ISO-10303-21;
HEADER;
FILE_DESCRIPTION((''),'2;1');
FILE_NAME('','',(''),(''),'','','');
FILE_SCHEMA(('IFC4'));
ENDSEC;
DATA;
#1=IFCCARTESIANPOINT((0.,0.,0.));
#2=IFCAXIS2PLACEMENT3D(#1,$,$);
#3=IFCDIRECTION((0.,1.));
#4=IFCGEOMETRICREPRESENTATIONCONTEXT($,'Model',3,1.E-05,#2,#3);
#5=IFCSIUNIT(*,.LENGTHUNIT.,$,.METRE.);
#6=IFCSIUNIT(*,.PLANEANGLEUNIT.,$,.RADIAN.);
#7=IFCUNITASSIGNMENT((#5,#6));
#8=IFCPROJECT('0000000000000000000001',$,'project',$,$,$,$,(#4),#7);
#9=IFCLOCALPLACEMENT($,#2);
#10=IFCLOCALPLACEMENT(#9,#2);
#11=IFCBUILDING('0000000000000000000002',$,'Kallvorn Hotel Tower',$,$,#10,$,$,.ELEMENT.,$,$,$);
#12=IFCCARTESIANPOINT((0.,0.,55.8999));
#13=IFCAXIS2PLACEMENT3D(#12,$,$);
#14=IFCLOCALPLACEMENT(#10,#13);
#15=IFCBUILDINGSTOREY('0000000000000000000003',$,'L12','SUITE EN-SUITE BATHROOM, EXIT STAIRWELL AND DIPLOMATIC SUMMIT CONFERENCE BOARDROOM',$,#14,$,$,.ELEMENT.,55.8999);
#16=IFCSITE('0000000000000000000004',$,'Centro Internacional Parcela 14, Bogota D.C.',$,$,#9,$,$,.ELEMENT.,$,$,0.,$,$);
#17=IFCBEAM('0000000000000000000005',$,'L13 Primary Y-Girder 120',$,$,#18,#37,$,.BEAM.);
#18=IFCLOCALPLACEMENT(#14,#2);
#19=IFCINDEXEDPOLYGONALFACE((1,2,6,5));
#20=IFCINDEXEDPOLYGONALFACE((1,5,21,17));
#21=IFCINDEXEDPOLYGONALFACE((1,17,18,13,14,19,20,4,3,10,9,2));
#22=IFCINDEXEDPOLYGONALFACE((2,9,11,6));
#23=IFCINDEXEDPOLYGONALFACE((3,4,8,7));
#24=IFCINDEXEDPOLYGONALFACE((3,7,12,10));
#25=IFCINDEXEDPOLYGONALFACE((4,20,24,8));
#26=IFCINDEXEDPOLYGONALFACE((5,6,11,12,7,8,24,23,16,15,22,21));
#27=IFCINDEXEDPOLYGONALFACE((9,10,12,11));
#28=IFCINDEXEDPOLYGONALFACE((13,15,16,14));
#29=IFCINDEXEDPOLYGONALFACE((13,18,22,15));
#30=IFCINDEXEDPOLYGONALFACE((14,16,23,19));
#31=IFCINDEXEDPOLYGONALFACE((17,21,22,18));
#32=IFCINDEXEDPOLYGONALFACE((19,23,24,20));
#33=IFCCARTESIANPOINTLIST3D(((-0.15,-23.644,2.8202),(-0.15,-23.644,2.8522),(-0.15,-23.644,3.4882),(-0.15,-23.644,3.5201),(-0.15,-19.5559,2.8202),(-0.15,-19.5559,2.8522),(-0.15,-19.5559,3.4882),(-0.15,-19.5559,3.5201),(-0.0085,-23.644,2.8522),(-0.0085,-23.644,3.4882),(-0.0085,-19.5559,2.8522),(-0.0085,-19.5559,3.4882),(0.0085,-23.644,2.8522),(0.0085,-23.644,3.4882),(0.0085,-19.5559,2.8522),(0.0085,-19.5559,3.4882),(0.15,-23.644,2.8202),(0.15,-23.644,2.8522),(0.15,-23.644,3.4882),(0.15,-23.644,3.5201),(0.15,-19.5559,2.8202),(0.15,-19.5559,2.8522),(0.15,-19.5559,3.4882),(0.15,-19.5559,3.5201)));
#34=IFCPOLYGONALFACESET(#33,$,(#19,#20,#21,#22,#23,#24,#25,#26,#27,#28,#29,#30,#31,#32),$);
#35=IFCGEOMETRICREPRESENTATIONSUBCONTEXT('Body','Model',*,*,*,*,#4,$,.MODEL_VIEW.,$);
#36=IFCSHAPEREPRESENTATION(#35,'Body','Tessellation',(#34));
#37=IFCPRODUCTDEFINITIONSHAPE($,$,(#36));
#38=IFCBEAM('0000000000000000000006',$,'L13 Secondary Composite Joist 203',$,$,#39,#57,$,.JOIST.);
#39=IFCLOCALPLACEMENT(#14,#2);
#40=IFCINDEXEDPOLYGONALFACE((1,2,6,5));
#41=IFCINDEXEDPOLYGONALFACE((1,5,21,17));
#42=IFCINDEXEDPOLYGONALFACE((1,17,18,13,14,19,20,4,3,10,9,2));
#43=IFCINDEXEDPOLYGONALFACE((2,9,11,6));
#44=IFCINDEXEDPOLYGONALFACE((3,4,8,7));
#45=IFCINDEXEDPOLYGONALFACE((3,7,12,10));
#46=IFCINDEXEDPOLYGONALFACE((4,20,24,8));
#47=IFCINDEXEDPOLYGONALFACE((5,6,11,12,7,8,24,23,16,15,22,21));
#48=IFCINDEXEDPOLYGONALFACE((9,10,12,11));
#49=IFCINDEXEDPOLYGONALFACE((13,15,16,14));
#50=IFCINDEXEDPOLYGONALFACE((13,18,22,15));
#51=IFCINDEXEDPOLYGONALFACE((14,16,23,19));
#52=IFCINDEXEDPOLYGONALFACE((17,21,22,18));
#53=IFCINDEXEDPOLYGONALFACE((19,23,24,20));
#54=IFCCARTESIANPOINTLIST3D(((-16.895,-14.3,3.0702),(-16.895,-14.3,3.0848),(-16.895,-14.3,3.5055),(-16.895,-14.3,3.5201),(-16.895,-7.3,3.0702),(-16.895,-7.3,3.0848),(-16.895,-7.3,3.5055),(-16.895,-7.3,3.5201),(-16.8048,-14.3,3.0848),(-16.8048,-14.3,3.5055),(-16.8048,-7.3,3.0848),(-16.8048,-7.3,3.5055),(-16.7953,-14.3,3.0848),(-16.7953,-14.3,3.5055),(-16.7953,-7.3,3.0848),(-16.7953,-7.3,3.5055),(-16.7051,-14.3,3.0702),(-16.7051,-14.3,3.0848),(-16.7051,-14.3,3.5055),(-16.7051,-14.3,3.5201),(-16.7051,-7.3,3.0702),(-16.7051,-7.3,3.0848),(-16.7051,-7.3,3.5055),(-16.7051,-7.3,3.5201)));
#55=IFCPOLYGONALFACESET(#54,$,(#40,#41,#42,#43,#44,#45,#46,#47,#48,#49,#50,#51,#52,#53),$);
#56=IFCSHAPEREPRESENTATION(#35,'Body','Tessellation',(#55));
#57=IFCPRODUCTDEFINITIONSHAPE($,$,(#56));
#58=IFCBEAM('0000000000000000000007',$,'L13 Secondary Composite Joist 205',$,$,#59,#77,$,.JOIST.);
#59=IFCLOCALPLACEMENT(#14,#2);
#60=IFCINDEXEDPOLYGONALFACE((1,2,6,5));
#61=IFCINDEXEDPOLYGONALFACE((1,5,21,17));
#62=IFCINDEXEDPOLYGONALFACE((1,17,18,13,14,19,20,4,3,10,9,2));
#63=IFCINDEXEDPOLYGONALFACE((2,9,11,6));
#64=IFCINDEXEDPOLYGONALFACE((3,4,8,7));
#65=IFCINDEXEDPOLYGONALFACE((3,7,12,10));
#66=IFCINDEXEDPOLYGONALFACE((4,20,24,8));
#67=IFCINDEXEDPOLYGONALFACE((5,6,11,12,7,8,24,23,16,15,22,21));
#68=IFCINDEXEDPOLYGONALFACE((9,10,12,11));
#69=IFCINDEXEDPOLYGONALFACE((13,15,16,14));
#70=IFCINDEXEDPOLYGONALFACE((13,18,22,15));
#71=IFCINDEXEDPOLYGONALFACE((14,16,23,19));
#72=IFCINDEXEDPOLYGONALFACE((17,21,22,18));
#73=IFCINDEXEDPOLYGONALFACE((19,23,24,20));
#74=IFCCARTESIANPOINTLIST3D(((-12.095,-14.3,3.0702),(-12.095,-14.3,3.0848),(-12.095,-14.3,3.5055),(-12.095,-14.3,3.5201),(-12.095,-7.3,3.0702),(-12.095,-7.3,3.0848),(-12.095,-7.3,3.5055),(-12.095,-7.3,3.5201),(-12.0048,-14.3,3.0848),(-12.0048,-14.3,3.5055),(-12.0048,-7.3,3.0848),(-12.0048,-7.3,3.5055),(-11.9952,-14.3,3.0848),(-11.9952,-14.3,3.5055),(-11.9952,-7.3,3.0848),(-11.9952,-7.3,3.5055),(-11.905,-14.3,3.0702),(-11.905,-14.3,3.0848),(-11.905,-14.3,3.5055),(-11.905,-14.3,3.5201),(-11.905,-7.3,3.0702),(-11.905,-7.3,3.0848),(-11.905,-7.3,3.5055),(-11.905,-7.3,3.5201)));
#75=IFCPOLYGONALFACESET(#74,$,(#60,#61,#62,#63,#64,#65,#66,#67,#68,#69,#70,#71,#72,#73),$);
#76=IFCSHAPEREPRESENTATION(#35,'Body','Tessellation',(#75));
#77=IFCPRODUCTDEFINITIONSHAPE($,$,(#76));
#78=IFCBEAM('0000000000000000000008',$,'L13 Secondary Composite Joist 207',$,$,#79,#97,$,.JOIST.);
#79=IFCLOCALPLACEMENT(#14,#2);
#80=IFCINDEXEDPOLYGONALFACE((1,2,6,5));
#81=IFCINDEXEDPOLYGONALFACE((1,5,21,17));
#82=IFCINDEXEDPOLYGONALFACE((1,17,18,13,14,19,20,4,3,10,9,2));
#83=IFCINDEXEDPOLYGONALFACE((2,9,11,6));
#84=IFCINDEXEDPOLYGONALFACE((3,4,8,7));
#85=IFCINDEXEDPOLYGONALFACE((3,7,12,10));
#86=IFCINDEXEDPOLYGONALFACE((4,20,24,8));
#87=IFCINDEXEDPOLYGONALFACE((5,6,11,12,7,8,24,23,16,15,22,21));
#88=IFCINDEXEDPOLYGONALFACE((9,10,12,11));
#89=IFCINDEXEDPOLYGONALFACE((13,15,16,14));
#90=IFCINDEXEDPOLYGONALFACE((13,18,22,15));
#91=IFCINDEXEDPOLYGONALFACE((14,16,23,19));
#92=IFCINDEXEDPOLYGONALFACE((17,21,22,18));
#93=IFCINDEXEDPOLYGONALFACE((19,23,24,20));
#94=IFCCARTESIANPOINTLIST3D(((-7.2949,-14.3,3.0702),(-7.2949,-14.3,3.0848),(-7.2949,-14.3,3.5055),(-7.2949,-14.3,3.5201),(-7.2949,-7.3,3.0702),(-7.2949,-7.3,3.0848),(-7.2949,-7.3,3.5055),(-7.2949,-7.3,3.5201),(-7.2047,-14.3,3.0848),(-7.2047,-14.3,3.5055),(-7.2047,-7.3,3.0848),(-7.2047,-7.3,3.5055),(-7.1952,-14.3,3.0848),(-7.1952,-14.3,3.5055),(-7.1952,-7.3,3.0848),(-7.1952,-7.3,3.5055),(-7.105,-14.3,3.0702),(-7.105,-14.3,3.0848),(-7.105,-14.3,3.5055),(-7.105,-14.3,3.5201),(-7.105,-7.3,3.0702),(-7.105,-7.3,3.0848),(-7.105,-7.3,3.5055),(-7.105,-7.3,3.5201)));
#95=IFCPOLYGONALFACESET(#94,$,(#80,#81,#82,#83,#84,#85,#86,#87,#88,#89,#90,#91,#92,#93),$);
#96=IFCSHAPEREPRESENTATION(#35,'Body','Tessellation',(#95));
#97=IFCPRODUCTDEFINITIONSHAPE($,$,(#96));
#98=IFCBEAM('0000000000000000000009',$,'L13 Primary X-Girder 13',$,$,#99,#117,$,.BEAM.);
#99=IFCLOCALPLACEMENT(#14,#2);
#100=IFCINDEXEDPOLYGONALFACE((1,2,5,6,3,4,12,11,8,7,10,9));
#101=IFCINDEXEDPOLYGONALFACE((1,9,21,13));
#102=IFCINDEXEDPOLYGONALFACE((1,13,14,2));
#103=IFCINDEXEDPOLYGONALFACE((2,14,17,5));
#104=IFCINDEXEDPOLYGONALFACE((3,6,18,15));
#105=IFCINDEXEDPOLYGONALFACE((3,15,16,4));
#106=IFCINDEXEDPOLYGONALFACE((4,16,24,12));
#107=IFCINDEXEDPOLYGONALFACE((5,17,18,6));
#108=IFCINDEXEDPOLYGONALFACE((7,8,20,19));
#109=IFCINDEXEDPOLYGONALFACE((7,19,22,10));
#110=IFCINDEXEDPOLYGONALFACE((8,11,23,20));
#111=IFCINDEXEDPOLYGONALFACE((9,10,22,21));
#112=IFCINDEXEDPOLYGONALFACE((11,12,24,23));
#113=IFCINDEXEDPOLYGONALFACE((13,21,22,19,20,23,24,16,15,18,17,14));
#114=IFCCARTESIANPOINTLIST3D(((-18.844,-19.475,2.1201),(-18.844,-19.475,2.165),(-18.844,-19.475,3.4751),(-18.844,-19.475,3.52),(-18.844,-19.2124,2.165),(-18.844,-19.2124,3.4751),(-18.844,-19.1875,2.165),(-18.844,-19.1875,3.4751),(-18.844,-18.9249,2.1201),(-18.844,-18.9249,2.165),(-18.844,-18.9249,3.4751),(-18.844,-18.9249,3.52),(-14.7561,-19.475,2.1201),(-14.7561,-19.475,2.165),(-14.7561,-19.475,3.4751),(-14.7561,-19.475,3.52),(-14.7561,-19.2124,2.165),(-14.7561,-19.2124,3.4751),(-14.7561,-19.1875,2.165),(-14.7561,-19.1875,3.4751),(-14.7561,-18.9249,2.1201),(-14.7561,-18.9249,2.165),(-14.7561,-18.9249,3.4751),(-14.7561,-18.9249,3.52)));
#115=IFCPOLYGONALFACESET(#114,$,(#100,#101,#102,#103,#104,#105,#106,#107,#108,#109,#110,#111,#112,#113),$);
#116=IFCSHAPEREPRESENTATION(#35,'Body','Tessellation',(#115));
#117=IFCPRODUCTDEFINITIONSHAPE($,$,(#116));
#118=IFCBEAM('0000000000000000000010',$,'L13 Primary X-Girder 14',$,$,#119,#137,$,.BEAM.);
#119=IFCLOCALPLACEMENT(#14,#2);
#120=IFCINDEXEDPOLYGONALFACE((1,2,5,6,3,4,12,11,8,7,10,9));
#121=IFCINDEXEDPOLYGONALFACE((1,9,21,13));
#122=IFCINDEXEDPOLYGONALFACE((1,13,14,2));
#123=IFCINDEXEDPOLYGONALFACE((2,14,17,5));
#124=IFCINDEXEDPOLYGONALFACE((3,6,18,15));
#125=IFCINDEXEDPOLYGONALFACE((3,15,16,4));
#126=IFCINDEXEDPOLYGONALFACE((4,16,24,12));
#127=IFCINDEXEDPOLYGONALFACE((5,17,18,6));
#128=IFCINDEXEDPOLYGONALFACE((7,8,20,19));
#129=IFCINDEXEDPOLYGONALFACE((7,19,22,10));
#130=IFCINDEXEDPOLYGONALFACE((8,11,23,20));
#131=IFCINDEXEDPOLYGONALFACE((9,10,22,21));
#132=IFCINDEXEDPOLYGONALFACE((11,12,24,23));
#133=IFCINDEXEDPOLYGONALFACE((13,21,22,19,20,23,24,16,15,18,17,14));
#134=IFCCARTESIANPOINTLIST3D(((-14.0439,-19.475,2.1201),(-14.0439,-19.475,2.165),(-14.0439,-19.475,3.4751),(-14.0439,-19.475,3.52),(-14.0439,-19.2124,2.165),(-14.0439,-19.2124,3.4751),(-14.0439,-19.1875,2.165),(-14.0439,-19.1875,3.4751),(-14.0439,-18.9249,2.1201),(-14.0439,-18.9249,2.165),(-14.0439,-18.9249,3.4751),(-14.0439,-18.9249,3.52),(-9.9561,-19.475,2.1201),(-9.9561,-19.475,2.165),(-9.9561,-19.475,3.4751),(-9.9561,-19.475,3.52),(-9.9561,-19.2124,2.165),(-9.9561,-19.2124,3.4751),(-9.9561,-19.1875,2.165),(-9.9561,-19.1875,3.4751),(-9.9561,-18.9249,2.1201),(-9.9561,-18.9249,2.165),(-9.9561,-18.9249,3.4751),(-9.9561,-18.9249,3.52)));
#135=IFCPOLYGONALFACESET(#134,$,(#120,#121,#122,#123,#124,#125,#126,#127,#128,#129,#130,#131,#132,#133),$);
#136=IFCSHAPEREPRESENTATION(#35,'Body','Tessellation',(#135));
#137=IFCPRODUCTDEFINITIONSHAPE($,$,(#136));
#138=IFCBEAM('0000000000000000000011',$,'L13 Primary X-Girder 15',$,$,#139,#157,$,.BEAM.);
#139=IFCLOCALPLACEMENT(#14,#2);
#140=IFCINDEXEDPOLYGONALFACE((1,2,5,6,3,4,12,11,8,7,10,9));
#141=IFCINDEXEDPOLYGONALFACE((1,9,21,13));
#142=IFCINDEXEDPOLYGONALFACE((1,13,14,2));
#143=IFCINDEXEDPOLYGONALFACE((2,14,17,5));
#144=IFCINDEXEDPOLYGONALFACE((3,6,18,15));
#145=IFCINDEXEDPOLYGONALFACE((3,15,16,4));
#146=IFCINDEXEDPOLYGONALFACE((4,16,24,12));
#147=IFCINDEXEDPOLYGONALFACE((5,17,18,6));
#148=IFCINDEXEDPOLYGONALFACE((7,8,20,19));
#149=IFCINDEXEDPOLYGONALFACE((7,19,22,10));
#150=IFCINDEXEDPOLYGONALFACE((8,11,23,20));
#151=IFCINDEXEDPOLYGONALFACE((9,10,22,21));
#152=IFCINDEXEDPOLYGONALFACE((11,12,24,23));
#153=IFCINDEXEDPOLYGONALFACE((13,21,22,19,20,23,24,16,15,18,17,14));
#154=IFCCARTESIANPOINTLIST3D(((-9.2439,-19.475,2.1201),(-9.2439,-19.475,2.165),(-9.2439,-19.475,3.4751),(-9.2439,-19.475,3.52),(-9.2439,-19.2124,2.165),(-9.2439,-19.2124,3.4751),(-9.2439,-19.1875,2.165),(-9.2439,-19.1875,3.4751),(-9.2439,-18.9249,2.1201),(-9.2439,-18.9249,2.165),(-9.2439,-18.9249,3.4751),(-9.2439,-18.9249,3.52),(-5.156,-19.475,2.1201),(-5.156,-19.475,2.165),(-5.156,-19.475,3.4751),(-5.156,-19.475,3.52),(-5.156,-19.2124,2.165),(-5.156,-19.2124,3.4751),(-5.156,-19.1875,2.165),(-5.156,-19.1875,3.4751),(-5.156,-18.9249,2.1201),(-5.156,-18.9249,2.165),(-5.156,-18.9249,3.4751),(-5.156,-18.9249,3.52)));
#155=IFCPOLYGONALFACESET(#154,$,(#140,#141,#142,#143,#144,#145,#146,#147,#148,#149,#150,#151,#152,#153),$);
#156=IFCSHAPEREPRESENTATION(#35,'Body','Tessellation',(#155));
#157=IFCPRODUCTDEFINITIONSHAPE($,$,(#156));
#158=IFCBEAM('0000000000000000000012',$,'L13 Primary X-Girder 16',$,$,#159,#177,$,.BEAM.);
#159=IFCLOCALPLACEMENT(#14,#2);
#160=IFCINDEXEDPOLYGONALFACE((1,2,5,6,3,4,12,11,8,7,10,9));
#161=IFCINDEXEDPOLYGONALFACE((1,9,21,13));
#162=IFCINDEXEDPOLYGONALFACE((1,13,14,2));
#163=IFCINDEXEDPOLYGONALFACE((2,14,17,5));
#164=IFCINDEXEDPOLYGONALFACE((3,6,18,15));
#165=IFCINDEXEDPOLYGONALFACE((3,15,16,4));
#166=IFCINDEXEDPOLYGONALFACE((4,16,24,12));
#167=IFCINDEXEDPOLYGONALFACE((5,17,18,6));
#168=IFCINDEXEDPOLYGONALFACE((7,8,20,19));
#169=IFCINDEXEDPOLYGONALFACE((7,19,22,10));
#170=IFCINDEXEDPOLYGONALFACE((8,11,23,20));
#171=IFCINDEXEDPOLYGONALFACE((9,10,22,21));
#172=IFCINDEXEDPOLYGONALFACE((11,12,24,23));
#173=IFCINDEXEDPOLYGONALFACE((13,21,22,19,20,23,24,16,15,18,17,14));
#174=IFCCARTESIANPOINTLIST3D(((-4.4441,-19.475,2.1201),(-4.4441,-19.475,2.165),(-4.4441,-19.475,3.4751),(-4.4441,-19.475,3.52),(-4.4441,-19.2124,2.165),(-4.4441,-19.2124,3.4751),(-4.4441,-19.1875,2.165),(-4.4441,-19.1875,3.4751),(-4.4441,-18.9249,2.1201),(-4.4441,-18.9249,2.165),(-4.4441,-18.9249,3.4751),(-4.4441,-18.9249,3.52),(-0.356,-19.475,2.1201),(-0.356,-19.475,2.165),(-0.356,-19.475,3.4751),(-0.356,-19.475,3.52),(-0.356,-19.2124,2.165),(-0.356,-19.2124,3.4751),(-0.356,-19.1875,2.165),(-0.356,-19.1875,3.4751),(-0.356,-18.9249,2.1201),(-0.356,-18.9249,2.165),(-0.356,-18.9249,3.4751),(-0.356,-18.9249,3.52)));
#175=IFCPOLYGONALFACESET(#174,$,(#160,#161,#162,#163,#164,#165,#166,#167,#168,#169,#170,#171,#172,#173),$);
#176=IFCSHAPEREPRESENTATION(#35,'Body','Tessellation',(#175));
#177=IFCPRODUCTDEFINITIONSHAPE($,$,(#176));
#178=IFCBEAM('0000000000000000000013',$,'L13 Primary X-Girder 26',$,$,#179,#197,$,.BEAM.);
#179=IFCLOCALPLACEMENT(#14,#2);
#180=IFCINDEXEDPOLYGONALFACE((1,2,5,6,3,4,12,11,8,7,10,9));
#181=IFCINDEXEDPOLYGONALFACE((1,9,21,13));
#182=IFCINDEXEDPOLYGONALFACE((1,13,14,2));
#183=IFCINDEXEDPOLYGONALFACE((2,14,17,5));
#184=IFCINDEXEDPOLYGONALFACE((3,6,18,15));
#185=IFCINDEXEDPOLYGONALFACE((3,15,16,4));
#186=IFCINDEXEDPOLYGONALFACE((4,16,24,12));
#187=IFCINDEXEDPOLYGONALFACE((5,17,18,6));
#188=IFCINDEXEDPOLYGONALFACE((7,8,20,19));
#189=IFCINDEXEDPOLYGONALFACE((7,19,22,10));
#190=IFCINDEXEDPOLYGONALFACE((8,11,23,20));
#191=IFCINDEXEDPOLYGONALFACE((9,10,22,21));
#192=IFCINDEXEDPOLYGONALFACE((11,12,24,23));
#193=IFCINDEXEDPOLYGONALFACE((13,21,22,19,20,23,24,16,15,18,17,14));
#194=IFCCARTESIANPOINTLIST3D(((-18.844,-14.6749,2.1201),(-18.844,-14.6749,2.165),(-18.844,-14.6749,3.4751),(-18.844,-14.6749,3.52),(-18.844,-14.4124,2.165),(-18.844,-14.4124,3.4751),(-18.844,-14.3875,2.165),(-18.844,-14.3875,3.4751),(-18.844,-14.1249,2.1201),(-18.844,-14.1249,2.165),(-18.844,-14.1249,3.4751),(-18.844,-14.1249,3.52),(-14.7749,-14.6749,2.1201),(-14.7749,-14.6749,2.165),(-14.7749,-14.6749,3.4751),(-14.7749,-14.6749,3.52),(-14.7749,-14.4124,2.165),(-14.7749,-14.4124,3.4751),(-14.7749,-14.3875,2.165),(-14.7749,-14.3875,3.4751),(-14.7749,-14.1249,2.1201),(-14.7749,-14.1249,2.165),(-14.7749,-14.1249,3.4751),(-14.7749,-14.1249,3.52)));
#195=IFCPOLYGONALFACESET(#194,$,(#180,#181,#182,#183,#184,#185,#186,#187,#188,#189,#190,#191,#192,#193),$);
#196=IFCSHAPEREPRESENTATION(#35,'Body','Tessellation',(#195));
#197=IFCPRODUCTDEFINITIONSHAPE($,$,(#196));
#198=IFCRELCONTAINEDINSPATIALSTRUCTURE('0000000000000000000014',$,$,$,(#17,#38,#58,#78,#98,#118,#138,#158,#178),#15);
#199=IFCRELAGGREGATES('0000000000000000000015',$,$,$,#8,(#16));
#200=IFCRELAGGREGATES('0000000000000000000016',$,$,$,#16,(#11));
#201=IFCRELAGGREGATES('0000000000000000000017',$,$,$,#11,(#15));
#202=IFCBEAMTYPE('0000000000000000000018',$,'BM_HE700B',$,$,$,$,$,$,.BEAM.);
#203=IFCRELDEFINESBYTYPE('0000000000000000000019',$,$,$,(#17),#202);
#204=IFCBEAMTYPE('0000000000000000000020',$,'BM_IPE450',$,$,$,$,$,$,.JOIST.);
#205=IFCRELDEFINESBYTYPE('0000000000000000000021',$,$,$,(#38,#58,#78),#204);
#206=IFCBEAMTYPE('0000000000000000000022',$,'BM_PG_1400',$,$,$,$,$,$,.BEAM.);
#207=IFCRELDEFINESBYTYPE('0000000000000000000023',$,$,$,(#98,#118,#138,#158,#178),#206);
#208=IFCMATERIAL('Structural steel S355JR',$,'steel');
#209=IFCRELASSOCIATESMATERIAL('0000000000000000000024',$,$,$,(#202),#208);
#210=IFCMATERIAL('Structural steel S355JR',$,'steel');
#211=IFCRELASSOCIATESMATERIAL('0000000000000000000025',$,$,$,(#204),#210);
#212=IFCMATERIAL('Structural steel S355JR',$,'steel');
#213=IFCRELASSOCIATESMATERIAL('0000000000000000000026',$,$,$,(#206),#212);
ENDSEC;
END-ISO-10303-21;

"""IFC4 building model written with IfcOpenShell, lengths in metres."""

from ifc_helpers import new_model, si_unit, direction, frame, origin, origin_2d, place, context, subcontext, project, spatial, i_section, extrude, material, material_profile, profile_set, type_object, element, save


model = new_model("IFC4")

# Units and contexts
model_context = context("Model", 3, precision=1e-05, world=origin(), true_north=direction((0.0, 1.0)))
body_context = subcontext(model_context, "Body", "Model", "MODEL_VIEW")
ifc_project = project(units=[si_unit("LENGTHUNIT", "METRE"), si_unit("PLANEANGLEUNIT", "RADIAN")], contexts=[model_context])

# Site, building, storey
site_placement = place(None, origin())
site = spatial("IfcSite", under=ifc_project, at=site_placement, Name="Centro Internacional Parcela 14, Bogota D.C.", CompositionType="ELEMENT", RefElevation=0.0)
building_placement = place(site_placement, origin())
building = spatial("IfcBuilding", under=site, at=building_placement, Name="Kallvorn Hotel Tower", CompositionType="ELEMENT")
storey_placement = place(building_placement, frame((0.0, 0.0, 55.8999)))
storey = spatial("IfcBuildingStorey", under=building, at=storey_placement, Name="L12", Description="SUITE EN-SUITE BATHROOM, EXIT STAIRWELL AND DIPLOMATIC SUMMIT CONFERENCE BOARDROOM", CompositionType="ELEMENT", Elevation=55.8999)

# Beams
ifc_material_1 = material(Name="Structural steel S355JR", Category="steel")
ifc_material_profile_1 = material_profile(ifc_material_1, i_section(OverallWidth=0.3, OverallDepth=0.7, WebThickness=0.0171, FlangeThickness=0.032, at=origin_2d()), Name="HE 700 B")
ifc_profile_set_1 = profile_set([ifc_material_profile_1], Name="Structural steel S355JR")
beam_type_1 = type_object("IfcBeamType", Name="BM_HE700B", PredefinedType="BEAM", material=ifc_profile_set_1)
beam_1_placement = place(storey_placement, frame((0.0, -23.644, 3.1702), z_axis=(0.0, 1.0, 0.0), x_axis=(-1.0, 0.0, 0.0)))
element("IfcBeam", 1, at=beam_1_placement, inside=storey, type_object=beam_type_1, Name="L13 Primary Y-Girder 120", PredefinedType="BEAM", context=body_context, shape_type="SweptSolid", body=[
    extrude(i_section(OverallWidth=0.3, OverallDepth=0.7, WebThickness=0.0171, FlangeThickness=0.032, at=origin_2d()), origin(), (0.0, 0.0, 1.0), 4.0881),
])
ifc_material_2 = material(Name="Structural steel S355JR", Category="steel")
ifc_material_profile_2 = material_profile(ifc_material_2, i_section(OverallWidth=0.1899, OverallDepth=0.45, WebThickness=0.0095, FlangeThickness=0.0146, at=origin_2d()), Name="IPE 450")
ifc_profile_set_2 = profile_set([ifc_material_profile_2], Name="Structural steel S355JR")
beam_type_2 = type_object("IfcBeamType", Name="BM_IPE450", PredefinedType="JOIST", material=ifc_profile_set_2)
for number, where, z_axis, x_axis, name in (
    (2, (-16.8, -14.3, 3.2952), (0.0, 1.0, 0.0), (-1.0, 0.0, 0.0), "L13 Secondary Composite Joist 203"),
    (3, (-12.0, -14.3, 3.2952), (0.0, 1.0, 0.0), (-1.0, 0.0, 0.0), "L13 Secondary Composite Joist 205"),
    (4, (-7.2, -14.3, 3.2952), (0.0, 1.0, 0.0), (-1.0, 0.0, 0.0), "L13 Secondary Composite Joist 207"),
):
    element("IfcBeam", number, at=place(storey_placement, frame(where, z_axis=z_axis, x_axis=x_axis)), inside=storey, type_object=beam_type_2, Name=name, PredefinedType="JOIST", context=body_context, shape_type="SweptSolid", body=[
        extrude(i_section(OverallWidth=0.1899, OverallDepth=0.45, WebThickness=0.0095, FlangeThickness=0.0146, at=origin_2d()), origin(), (0.0, 0.0, 1.0), 7.0),
    ])
ifc_material_3 = material(Name="Structural steel S355JR", Category="steel")
ifc_material_profile_3 = material_profile(ifc_material_3, i_section(OverallWidth=0.55, OverallDepth=1.3999, WebThickness=0.0249, FlangeThickness=0.0449, at=origin_2d()), Name="PG 1400x550x25x45")
ifc_profile_set_3 = profile_set([ifc_material_profile_3], Name="Structural steel S355JR")
beam_type_3 = type_object("IfcBeamType", Name="BM_PG_1400", PredefinedType="BEAM", material=ifc_profile_set_3)
for number, where, z_axis, x_axis, name in (
    (5, (-18.844, -19.2, 2.8201), (1.0, 0.0, 0.0), (0.0, 1.0, 0.0), "L13 Primary X-Girder 13"),
    (6, (-14.0439, -19.2, 2.8201), (1.0, 0.0, 0.0), (0.0, 1.0, 0.0), "L13 Primary X-Girder 14"),
    (7, (-9.2439, -19.2, 2.8201), (1.0, 0.0, 0.0), (0.0, 1.0, 0.0), "L13 Primary X-Girder 15"),
):
    element("IfcBeam", number, at=place(storey_placement, frame(where, z_axis=z_axis, x_axis=x_axis)), inside=storey, type_object=beam_type_3, Name=name, PredefinedType="BEAM", context=body_context, shape_type="SweptSolid", body=[
        extrude(i_section(OverallWidth=0.55, OverallDepth=1.3999, WebThickness=0.0249, FlangeThickness=0.0449, at=origin_2d()), origin(), (0.0, 0.0, 1.0), 4.0879),
    ])
beam_2_placement = place(storey_placement, frame((-4.4441, -19.2, 2.8201), z_axis=(1.0, 0.0, 0.0), x_axis=(0.0, 1.0, 0.0)))
element("IfcBeam", 8, at=beam_2_placement, inside=storey, type_object=beam_type_3, Name="L13 Primary X-Girder 16", PredefinedType="BEAM", context=body_context, shape_type="SweptSolid", body=[
    extrude(i_section(OverallWidth=0.55, OverallDepth=1.3999, WebThickness=0.0249, FlangeThickness=0.0449, at=origin_2d()), origin(), (0.0, 0.0, 1.0), 4.0881),
])
beam_3_placement = place(storey_placement, frame((-18.844, -14.3999, 2.8201), z_axis=(1.0, 0.0, 0.0), x_axis=(0.0, 1.0, 0.0)))
element("IfcBeam", 9, at=beam_3_placement, inside=storey, type_object=beam_type_3, Name="L13 Primary X-Girder 26", PredefinedType="BEAM", context=body_context, shape_type="SweptSolid", body=[
    extrude(i_section(OverallWidth=0.55, OverallDepth=1.3999, WebThickness=0.0249, FlangeThickness=0.0449, at=origin_2d()), origin(), (0.0, 0.0, 1.0), 4.0691),
])

save(model, "model.ifc")
